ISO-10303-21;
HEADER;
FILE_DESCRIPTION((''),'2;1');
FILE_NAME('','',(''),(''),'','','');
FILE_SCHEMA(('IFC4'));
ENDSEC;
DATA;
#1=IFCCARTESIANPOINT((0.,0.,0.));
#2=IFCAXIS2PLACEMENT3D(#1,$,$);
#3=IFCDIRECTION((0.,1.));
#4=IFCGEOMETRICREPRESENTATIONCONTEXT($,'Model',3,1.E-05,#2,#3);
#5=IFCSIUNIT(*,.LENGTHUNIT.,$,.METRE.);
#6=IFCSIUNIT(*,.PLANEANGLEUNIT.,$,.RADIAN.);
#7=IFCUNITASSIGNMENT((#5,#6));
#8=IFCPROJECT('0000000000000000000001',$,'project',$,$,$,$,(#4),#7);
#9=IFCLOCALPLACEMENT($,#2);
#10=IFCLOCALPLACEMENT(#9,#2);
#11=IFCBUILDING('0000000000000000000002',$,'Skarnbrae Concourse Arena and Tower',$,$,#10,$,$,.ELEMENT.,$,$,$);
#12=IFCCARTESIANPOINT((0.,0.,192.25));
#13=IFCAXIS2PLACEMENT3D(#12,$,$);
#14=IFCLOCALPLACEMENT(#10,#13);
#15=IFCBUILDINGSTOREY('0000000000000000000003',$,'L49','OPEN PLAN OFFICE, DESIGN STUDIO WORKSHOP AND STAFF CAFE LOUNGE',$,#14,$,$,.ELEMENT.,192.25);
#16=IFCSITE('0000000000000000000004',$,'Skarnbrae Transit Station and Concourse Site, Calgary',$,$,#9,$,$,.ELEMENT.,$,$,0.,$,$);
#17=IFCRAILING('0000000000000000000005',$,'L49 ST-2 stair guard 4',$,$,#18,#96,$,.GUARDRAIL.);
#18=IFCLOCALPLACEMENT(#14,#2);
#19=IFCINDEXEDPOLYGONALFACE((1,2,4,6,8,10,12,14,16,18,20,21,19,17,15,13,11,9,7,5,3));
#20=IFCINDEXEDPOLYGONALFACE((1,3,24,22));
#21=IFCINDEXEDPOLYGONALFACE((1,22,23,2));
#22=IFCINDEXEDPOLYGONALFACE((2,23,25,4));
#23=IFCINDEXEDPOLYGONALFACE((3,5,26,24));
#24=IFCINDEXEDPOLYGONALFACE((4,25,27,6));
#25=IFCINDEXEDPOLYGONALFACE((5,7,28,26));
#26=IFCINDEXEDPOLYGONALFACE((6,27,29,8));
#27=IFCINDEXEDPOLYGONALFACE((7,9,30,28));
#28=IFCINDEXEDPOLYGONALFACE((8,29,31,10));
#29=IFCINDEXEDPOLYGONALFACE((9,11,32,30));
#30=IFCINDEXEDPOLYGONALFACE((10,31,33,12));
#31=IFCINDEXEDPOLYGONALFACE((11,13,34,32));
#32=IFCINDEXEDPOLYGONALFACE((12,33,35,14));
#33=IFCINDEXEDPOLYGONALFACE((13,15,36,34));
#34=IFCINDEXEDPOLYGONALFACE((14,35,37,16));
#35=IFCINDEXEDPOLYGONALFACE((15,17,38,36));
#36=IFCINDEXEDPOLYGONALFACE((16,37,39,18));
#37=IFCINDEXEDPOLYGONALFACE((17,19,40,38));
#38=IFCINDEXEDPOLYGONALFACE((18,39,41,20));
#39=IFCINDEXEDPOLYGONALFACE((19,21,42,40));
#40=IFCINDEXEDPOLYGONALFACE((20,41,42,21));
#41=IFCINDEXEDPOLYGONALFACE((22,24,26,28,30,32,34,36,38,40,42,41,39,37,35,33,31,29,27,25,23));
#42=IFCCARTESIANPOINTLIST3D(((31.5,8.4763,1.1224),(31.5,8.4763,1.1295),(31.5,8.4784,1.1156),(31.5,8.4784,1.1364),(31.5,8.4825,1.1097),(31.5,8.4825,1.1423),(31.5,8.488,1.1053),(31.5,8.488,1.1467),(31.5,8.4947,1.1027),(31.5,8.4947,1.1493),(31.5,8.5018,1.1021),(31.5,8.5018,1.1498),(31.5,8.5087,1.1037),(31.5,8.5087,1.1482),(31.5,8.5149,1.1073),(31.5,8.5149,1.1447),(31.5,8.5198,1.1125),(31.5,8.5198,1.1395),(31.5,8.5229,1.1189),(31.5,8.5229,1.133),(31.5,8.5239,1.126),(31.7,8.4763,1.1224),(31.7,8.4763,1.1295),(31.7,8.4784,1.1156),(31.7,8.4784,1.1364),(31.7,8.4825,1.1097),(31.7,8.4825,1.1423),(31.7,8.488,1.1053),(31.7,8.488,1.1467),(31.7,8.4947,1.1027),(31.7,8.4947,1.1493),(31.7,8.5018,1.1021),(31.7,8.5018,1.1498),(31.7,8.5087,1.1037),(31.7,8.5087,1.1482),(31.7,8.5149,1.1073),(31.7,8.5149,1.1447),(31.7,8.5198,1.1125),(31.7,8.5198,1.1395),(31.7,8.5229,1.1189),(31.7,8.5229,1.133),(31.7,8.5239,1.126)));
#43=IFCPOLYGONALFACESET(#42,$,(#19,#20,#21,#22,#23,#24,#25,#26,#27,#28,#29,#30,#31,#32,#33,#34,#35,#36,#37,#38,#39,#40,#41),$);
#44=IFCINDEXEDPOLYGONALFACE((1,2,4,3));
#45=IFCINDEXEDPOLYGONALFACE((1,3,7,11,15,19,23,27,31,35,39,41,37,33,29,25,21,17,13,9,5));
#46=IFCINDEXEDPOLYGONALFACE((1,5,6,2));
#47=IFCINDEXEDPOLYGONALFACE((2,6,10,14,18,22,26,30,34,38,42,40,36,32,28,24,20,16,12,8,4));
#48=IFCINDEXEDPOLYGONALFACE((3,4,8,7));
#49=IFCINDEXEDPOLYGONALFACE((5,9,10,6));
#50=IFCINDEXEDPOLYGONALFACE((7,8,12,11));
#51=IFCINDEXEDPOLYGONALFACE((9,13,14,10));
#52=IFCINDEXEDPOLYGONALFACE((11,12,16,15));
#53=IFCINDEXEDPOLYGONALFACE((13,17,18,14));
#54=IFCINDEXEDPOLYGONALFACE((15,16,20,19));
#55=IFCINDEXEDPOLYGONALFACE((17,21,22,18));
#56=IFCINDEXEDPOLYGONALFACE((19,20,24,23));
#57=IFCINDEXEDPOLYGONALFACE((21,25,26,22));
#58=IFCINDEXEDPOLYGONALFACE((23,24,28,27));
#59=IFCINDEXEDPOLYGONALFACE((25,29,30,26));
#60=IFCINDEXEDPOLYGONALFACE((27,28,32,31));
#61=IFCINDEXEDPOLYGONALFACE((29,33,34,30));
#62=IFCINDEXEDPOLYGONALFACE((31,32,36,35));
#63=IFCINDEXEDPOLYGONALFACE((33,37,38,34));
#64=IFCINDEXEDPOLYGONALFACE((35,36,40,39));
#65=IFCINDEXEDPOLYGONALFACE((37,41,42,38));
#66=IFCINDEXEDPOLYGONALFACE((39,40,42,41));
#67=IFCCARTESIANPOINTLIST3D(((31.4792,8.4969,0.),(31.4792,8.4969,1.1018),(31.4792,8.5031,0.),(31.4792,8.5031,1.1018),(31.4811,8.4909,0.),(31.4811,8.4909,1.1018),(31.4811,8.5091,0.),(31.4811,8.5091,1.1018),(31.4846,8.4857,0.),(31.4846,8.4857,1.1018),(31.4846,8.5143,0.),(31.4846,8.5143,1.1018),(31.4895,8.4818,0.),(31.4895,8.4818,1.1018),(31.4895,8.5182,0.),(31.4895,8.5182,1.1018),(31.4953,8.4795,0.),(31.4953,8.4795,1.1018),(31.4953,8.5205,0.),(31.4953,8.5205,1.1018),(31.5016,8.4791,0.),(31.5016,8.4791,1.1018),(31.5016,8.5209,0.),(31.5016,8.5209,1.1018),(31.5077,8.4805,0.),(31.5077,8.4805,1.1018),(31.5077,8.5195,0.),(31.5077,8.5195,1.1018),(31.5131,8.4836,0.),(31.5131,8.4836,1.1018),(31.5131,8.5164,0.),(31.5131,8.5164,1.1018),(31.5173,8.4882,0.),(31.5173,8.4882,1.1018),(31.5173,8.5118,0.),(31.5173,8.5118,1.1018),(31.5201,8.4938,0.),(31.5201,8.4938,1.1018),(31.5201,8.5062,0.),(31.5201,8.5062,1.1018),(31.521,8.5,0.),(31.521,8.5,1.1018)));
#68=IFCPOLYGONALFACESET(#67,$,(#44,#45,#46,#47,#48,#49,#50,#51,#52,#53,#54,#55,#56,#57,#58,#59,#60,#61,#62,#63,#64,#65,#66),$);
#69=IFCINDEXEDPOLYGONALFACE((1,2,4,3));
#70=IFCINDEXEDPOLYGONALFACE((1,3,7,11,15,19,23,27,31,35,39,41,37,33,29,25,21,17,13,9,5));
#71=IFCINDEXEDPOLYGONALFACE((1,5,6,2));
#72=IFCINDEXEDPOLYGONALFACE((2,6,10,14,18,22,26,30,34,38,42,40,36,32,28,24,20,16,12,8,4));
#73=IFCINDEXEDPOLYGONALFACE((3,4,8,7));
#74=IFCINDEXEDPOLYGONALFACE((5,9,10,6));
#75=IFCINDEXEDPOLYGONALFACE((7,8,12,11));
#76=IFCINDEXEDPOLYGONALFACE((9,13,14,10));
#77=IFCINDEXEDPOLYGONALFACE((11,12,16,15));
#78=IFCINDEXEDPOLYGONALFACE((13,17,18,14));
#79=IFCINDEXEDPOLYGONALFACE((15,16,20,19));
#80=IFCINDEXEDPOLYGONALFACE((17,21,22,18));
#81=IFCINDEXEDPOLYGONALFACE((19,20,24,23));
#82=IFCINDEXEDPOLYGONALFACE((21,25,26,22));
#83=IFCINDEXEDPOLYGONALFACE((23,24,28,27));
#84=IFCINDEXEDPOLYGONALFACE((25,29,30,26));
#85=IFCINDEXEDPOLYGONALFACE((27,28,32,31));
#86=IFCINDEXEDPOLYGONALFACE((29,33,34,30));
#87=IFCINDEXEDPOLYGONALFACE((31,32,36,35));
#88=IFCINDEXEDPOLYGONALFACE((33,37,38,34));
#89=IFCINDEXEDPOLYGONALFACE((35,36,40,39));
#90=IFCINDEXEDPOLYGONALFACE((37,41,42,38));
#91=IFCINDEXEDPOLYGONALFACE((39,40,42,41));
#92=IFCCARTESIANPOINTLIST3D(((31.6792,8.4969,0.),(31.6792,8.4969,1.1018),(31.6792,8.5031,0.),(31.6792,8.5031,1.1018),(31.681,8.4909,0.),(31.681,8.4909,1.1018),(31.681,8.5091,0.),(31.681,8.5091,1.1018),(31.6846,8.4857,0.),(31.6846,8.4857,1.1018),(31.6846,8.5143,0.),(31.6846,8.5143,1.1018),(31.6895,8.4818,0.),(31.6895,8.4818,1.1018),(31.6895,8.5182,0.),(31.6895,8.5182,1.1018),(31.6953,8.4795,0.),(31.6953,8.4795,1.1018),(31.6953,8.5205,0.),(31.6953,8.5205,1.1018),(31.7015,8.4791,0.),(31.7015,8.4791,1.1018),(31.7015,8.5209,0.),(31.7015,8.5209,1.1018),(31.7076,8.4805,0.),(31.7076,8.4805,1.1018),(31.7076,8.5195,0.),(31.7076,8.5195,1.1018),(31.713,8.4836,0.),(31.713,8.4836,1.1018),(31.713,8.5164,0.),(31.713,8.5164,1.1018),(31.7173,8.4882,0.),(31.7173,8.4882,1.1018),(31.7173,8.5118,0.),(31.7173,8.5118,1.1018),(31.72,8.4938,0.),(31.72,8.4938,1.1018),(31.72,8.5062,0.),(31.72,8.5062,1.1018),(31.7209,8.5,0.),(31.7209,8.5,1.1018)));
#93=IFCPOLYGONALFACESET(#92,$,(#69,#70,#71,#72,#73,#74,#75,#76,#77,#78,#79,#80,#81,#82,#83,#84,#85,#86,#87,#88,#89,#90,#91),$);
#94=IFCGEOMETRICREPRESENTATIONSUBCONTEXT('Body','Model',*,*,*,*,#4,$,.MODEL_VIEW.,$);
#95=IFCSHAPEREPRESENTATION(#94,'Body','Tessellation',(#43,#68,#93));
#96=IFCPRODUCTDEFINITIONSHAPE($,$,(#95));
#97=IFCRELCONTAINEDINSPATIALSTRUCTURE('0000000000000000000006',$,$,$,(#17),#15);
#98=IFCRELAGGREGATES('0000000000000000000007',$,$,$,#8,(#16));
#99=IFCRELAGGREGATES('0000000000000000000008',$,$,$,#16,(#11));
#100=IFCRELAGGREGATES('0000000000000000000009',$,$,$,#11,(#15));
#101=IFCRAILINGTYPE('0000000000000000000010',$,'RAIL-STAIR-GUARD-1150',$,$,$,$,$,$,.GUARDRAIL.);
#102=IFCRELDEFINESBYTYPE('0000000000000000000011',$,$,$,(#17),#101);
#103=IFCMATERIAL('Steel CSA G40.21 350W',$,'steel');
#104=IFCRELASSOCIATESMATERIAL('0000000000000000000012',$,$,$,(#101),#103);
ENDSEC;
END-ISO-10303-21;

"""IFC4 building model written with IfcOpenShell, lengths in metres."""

from ifc_helpers import new_model, si_unit, direction, frame, origin, origin_2d, place, context, subcontext, project, spatial, circle, extrude, material, type_object, element, save


model = new_model("IFC4")

# Units and contexts
model_context = context("Model", 3, precision=1e-05, world=origin(), true_north=direction((0.0, 1.0)))
body_context = subcontext(model_context, "Body", "Model", "MODEL_VIEW")
ifc_project = project(units=[si_unit("LENGTHUNIT", "METRE"), si_unit("PLANEANGLEUNIT", "RADIAN")], contexts=[model_context])

# Site, building, storey
site_placement = place(None, origin())
site = spatial("IfcSite", under=ifc_project, at=site_placement, Name="Skarnbrae Transit Station and Concourse Site, Calgary", CompositionType="ELEMENT", RefElevation=0.0)
building_placement = place(site_placement, origin())
building = spatial("IfcBuilding", under=site, at=building_placement, Name="Skarnbrae Concourse Arena and Tower", CompositionType="ELEMENT")
storey_placement = place(building_placement, frame((0.0, 0.0, 192.25)))
storey = spatial("IfcBuildingStorey", under=building, at=storey_placement, Name="L49", Description="OPEN PLAN OFFICE, DESIGN STUDIO WORKSHOP AND STAFF CAFE LOUNGE", CompositionType="ELEMENT", Elevation=192.25)

# Shared definitions
ifc_material_1 = material(Name="Steel CSA G40.21 350W", Category="steel")

# Railing
railing_type = type_object("IfcRailingType", Name="RAIL-STAIR-GUARD-1150", PredefinedType="GUARDRAIL", material=ifc_material_1)
railing_1_placement = place(storey_placement, frame((31.5, 8.5, 0.0)))
element("IfcRailing", 1, at=railing_1_placement, inside=storey, type_object=railing_type, Name="L49 ST-2 stair guard 4", PredefinedType="GUARDRAIL", context=body_context, shape_type="SweptSolid", body=[
    extrude(circle(Radius=0.0239, at=origin_2d()), frame((0.0, 0.0, 1.126), z_axis=(1.0, 0.0, 0.0), x_axis=(0.0, 1.0, 0.0)), (0.0, 0.0, 1.0), 0.2),
    extrude(circle(Radius=0.021, at=origin_2d()), origin(), (0.0, 0.0, 1.0), 1.1018),
    extrude(circle(Radius=0.021, at=origin_2d()), frame((0.2, 0.0, 0.0)), (0.0, 0.0, 1.0), 1.1018),
])

save(model, "model.ifc")
